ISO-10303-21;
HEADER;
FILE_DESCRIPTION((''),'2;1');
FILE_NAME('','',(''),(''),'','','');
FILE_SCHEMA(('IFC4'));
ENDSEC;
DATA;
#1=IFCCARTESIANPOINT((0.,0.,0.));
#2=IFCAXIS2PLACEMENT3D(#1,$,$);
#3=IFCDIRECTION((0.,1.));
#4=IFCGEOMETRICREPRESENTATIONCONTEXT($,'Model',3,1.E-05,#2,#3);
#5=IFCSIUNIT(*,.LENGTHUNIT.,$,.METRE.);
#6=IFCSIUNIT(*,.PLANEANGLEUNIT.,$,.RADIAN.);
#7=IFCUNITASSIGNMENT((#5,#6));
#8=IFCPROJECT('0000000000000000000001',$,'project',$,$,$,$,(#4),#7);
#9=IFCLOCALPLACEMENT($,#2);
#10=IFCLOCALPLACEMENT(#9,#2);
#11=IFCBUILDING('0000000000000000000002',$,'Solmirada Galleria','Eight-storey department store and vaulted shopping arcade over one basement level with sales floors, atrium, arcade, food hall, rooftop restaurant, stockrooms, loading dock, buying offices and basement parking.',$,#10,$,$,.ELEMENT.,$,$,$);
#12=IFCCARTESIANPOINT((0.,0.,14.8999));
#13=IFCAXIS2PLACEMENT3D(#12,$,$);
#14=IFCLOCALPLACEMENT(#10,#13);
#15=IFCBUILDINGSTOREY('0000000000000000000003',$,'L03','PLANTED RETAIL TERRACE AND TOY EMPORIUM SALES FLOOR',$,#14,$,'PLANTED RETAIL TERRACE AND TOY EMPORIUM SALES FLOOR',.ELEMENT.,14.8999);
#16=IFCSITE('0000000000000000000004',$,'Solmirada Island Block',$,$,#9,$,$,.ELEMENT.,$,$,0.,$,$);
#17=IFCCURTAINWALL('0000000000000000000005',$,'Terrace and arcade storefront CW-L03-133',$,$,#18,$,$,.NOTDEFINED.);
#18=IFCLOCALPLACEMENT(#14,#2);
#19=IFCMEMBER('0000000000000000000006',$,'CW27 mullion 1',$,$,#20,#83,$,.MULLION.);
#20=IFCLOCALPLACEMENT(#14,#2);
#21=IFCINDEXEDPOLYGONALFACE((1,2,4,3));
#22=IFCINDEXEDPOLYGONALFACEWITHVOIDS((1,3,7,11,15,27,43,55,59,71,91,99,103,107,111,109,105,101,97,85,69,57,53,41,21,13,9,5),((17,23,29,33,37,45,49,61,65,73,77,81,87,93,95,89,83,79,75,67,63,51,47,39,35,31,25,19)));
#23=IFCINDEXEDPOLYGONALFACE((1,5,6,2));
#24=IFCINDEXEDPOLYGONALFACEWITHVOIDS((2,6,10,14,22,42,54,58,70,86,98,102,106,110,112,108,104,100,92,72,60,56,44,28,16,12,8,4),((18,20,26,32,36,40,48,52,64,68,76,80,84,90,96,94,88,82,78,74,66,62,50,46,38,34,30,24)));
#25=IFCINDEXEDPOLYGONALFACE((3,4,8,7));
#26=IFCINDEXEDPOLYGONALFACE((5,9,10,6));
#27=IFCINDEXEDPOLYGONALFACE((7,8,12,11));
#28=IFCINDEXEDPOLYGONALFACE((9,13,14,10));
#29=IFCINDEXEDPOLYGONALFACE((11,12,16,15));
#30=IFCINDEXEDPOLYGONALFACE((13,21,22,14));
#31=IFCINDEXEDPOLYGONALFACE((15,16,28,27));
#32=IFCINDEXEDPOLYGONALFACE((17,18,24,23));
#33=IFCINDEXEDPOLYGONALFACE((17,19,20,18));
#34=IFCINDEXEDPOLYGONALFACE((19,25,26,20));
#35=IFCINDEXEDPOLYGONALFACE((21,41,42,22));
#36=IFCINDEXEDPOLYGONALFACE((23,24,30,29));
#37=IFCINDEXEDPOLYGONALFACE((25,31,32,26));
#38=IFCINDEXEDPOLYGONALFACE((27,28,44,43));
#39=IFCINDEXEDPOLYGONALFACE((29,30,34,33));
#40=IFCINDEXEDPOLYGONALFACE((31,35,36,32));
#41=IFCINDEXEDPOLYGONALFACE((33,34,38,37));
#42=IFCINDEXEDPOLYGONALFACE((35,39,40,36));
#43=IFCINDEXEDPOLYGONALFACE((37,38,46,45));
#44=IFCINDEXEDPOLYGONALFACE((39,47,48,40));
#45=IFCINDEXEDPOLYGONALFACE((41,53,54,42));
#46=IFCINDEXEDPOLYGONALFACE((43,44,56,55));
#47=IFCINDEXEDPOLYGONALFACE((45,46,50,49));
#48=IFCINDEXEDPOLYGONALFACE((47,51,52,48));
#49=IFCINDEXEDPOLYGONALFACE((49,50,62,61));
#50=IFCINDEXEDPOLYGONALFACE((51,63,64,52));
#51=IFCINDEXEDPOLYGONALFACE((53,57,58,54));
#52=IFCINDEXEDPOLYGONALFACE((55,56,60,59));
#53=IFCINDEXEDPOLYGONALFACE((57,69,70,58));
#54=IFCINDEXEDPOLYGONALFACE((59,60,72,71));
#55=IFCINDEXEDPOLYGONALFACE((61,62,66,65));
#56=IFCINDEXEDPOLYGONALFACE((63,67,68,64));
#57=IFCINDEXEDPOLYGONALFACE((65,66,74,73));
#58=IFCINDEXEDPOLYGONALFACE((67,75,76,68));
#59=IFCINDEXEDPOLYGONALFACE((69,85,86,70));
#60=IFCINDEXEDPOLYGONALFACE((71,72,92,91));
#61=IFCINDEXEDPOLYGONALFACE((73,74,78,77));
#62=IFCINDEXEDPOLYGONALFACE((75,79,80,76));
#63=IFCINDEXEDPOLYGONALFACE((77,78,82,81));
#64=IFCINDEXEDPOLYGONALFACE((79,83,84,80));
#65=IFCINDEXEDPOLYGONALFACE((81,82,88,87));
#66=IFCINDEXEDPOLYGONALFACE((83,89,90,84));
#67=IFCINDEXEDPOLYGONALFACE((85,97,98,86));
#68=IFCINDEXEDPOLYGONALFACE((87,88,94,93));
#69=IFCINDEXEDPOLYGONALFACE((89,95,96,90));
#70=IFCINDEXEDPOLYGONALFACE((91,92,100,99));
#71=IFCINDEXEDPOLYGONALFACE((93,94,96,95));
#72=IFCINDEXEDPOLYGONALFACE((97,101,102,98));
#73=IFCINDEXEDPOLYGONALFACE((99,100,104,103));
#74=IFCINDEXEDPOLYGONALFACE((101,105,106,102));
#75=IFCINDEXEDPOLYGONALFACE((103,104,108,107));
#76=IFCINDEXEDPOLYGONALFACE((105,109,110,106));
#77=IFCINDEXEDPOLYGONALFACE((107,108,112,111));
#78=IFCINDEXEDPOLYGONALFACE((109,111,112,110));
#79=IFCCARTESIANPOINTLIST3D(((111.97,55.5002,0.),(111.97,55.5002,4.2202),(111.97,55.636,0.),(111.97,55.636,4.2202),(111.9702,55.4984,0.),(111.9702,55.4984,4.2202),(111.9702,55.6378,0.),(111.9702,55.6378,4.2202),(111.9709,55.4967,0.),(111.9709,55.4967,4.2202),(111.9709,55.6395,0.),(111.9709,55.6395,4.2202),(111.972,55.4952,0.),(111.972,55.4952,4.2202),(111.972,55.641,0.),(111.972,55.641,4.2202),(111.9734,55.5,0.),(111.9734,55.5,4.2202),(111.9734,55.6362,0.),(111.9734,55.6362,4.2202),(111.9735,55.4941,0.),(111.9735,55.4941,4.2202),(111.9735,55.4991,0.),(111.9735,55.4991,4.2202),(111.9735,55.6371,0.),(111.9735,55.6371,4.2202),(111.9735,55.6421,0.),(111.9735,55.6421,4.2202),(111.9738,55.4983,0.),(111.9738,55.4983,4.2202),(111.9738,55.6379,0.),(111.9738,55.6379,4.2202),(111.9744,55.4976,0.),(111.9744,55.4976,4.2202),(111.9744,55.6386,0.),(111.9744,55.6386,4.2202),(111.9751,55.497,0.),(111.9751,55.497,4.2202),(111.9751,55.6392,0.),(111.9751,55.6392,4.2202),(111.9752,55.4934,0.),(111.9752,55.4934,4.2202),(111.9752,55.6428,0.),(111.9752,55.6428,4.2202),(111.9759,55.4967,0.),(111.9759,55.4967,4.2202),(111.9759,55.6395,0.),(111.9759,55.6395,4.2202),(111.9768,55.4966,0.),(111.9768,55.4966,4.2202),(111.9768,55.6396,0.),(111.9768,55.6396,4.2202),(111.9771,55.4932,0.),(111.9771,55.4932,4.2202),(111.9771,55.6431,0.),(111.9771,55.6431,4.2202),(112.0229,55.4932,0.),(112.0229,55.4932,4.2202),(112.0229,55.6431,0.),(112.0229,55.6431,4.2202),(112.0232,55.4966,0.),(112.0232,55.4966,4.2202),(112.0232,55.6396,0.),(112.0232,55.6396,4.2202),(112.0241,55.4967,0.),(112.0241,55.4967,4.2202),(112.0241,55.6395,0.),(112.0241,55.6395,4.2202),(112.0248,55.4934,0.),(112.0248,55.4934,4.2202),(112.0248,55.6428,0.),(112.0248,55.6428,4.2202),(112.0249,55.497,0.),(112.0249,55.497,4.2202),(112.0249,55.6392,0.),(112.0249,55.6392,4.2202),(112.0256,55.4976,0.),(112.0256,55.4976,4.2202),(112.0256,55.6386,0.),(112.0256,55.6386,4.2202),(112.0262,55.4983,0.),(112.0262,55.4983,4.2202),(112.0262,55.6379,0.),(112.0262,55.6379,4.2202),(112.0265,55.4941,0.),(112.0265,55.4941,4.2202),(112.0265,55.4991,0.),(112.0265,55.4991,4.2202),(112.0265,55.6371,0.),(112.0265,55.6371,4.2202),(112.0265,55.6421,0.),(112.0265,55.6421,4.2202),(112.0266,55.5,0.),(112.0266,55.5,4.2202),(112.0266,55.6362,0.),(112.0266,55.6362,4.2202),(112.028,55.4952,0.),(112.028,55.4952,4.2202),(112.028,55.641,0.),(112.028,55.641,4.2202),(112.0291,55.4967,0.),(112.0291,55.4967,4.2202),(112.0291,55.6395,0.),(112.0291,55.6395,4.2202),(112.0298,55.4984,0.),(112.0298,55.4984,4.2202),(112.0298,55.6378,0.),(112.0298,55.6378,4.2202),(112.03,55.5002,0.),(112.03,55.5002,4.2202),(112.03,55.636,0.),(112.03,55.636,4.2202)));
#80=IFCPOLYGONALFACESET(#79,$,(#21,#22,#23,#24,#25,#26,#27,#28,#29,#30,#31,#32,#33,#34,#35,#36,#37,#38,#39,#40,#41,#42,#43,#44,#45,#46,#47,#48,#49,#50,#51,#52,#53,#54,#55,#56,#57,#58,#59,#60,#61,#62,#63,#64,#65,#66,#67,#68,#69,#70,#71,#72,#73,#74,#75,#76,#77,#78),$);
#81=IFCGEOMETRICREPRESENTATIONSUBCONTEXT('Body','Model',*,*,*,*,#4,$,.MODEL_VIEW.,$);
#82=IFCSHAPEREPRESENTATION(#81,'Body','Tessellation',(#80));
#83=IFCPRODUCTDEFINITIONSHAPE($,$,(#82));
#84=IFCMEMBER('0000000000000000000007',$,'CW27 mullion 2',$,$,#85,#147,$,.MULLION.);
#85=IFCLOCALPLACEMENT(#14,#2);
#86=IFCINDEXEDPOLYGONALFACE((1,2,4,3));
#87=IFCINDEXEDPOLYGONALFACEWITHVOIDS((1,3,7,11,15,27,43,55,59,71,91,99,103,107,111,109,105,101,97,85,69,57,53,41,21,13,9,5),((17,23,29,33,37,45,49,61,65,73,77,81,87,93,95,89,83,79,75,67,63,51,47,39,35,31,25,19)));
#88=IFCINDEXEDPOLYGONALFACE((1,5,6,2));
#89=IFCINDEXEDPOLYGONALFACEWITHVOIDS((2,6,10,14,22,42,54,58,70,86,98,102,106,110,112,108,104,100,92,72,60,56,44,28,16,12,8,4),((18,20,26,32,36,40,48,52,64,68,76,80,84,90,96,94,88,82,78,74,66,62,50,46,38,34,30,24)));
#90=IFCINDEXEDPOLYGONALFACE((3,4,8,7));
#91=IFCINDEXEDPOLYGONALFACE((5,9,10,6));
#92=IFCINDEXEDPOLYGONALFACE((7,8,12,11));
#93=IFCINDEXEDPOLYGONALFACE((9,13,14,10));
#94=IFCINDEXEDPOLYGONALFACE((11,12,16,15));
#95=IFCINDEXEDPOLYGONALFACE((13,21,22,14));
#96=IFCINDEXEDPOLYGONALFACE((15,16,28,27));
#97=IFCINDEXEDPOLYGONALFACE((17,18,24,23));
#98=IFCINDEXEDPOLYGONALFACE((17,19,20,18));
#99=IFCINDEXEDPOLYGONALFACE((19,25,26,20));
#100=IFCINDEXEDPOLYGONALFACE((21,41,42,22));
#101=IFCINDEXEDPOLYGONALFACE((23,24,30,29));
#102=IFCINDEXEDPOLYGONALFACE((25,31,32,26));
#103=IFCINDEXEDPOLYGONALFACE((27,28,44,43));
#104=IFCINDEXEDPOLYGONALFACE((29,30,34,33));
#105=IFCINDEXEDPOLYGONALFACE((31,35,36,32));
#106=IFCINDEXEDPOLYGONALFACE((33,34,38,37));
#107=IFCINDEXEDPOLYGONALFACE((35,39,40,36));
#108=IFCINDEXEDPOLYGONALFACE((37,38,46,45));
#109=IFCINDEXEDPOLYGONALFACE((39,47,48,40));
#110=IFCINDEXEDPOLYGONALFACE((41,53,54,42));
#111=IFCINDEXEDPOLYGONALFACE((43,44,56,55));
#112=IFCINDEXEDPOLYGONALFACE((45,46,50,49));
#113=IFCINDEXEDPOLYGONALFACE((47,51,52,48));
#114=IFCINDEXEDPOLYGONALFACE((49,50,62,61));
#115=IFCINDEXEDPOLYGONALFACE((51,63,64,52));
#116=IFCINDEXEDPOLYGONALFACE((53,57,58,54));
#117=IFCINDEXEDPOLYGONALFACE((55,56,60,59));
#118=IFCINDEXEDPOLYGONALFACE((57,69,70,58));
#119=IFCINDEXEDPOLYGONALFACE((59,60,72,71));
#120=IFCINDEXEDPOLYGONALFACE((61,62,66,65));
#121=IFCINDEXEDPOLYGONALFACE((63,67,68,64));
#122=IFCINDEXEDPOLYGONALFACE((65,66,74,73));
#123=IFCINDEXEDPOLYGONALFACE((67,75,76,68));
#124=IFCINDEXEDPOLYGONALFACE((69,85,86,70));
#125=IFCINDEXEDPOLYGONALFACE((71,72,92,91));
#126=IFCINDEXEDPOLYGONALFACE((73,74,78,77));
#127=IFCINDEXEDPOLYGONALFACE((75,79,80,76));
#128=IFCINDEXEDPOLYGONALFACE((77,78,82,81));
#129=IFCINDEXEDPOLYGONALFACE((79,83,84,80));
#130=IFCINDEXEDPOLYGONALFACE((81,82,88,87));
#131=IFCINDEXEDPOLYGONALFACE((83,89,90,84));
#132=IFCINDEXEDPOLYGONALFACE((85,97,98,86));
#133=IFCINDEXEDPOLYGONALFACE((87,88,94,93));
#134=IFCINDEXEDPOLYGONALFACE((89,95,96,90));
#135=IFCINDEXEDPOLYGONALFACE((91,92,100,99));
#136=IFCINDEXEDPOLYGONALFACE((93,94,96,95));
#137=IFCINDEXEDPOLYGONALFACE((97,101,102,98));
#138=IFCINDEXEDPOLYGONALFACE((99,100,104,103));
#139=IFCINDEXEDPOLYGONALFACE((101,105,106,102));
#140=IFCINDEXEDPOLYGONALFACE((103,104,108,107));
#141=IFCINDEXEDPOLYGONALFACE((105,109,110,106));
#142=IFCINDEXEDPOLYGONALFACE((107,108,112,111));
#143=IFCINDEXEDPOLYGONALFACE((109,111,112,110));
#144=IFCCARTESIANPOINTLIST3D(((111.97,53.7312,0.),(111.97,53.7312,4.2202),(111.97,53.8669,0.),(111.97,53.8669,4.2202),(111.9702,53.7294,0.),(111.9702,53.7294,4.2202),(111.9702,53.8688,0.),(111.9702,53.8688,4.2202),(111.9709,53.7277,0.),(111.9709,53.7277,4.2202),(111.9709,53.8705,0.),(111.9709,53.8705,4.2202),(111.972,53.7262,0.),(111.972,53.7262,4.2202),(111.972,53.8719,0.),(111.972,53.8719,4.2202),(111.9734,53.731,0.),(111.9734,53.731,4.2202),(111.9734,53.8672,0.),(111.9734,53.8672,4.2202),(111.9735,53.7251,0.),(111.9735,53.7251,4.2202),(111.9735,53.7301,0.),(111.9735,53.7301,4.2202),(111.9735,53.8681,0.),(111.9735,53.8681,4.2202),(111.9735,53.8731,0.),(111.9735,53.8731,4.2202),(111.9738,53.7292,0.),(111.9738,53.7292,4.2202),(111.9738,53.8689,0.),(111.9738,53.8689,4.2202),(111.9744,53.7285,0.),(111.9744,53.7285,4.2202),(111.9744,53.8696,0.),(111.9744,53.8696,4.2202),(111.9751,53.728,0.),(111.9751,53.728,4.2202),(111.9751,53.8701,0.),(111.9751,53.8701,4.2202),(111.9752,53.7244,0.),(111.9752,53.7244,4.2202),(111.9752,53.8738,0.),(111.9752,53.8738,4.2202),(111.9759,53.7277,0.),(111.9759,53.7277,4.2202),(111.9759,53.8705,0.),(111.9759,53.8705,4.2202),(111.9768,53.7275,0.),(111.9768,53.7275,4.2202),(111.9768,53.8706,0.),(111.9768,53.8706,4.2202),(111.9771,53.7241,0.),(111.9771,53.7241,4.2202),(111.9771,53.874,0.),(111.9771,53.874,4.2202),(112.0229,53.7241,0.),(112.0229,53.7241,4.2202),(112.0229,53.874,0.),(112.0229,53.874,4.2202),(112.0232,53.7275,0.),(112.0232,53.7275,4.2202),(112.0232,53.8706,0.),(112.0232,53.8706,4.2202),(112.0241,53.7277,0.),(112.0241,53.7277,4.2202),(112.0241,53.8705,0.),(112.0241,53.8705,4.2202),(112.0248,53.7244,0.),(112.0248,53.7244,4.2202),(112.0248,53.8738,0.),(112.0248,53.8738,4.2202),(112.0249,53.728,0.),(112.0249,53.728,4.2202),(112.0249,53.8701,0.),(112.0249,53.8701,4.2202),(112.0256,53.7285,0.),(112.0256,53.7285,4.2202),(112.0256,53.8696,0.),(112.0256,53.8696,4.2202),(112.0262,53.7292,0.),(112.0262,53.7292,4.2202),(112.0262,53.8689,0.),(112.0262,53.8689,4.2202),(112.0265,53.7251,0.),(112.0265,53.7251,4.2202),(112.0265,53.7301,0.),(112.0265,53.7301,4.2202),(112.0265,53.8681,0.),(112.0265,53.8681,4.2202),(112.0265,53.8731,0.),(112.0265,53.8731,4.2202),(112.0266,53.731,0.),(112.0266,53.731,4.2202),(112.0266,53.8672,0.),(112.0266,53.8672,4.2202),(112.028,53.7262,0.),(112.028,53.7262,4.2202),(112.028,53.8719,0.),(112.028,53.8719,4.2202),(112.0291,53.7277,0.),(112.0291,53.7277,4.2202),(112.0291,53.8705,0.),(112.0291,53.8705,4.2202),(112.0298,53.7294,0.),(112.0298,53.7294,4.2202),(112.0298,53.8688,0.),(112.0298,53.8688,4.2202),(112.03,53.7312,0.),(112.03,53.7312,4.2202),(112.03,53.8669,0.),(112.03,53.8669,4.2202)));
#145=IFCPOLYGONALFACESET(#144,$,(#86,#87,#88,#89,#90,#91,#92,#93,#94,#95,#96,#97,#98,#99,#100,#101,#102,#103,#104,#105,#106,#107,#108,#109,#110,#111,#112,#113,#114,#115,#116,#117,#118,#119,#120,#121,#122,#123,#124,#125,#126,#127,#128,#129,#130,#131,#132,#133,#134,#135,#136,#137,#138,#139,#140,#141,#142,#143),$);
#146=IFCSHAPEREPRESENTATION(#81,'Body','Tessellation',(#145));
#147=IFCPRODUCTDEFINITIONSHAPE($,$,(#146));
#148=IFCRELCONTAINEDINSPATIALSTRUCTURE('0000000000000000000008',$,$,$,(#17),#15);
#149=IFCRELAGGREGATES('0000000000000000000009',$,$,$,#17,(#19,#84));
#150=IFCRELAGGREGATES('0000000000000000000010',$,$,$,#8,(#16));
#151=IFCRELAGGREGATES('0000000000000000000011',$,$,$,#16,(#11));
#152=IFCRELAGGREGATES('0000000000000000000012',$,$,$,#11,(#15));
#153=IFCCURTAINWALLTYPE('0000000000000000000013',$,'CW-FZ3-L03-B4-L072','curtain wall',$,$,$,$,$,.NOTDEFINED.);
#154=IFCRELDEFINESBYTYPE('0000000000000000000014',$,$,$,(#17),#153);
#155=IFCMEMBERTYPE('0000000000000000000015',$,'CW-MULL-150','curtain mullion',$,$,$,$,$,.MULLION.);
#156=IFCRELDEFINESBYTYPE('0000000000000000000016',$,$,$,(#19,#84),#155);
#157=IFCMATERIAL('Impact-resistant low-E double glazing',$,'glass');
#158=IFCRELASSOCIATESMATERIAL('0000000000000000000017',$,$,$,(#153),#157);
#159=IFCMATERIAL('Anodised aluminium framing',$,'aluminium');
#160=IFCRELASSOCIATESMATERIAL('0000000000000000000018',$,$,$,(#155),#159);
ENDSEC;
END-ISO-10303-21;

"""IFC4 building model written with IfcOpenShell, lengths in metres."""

from ifc_helpers import new_model, si_unit, direction, frame, origin, origin_2d, place, context, subcontext, project, spatial, hollow_rectangle, extrude, material, material_profile, profile_set, type_object, element, aggregate, save


model = new_model("IFC4")

# Units and contexts
model_context = context("Model", 3, precision=1e-05, world=origin(), true_north=direction((0.0, 1.0)))
body_context = subcontext(model_context, "Body", "Model", "MODEL_VIEW")
ifc_project = project(units=[si_unit("LENGTHUNIT", "METRE"), si_unit("PLANEANGLEUNIT", "RADIAN")], contexts=[model_context])

# Site, building, storey
site_placement = place(None, origin())
site = spatial("IfcSite", under=ifc_project, at=site_placement, Name="Solmirada Island Block", CompositionType="ELEMENT", RefElevation=0.0)
building_placement = place(site_placement, origin())
building = spatial("IfcBuilding", under=site, at=building_placement, Name="Solmirada Galleria", Description="Eight-storey department store and vaulted shopping arcade over one basement level with sales floors, atrium, arcade, food hall, rooftop restaurant, stockrooms, loading dock, buying offices and basement parking.", CompositionType="ELEMENT")
storey_placement = place(building_placement, frame((0.0, 0.0, 14.8999)))
storey = spatial("IfcBuildingStorey", under=building, at=storey_placement, Name="L03", Description="PLANTED RETAIL TERRACE AND TOY EMPORIUM SALES FLOOR", LongName="PLANTED RETAIL TERRACE AND TOY EMPORIUM SALES FLOOR", CompositionType="ELEMENT", Elevation=14.8999)

# Shared definitions
ifc_material_1 = material(Name="Impact-resistant low-E double glazing", Category="glass")
curtain_wall_type = type_object("IfcCurtainWallType", Name="CW-FZ3-L03-B4-L072", Description="curtain wall", PredefinedType="NOTDEFINED", material=ifc_material_1)
ifc_material_2 = material(Name="Anodised aluminium framing", Category="aluminium")
ifc_material_profile_1 = material_profile(ifc_material_2, hollow_rectangle(XDim=0.0601, YDim=0.1499, WallThickness=0.0034, InnerFilletRadius=0.0034, OuterFilletRadius=0.0071, at=origin_2d()), Name="ALU-MULL-150X60")
ifc_profile_set_1 = profile_set([ifc_material_profile_1], Name="Anodised aluminium framing")
member_type_1 = type_object("IfcMemberType", Name="CW-MULL-150", Description="curtain mullion", PredefinedType="MULLION", material=ifc_profile_set_1)

# Curtain wall, members
curtain_wall_1_placement = place(storey_placement, origin())
curtain_wall_1 = element("IfcCurtainWall", 1, at=curtain_wall_1_placement, inside=storey, type_object=curtain_wall_type, Name="Terrace and arcade storefront CW-L03-133", PredefinedType="NOTDEFINED")
member_1_placement = place(storey_placement, frame((112.0, 55.5681, 0.0), z_axis=(0.0, 0.0, 1.0), x_axis=(1.0, 0.0, 0.0)))
member_1 = element("IfcMember", 2, at=member_1_placement, type_object=member_type_1, Name="CW27 mullion 1", PredefinedType="MULLION", context=body_context, shape_type="SweptSolid", body=[
    extrude(hollow_rectangle(XDim=0.0601, YDim=0.1499, WallThickness=0.0034, InnerFilletRadius=0.0034, OuterFilletRadius=0.0071, at=origin_2d()), origin(), (0.0, 0.0, 1.0), 4.2202),
])
member_2_placement = place(storey_placement, frame((112.0, 53.7991, 0.0), z_axis=(0.0, 0.0, 1.0), x_axis=(1.0, 0.0, 0.0)))
member_2 = element("IfcMember", 3, at=member_2_placement, type_object=member_type_1, Name="CW27 mullion 2", PredefinedType="MULLION", context=body_context, shape_type="SweptSolid", body=[
    extrude(hollow_rectangle(XDim=0.0601, YDim=0.1499, WallThickness=0.0034, InnerFilletRadius=0.0034, OuterFilletRadius=0.0071, at=origin_2d()), origin(), (0.0, 0.0, 1.0), 4.2202),
])

aggregate(curtain_wall_1, [member_1, member_2])

save(model, "model.ifc")
